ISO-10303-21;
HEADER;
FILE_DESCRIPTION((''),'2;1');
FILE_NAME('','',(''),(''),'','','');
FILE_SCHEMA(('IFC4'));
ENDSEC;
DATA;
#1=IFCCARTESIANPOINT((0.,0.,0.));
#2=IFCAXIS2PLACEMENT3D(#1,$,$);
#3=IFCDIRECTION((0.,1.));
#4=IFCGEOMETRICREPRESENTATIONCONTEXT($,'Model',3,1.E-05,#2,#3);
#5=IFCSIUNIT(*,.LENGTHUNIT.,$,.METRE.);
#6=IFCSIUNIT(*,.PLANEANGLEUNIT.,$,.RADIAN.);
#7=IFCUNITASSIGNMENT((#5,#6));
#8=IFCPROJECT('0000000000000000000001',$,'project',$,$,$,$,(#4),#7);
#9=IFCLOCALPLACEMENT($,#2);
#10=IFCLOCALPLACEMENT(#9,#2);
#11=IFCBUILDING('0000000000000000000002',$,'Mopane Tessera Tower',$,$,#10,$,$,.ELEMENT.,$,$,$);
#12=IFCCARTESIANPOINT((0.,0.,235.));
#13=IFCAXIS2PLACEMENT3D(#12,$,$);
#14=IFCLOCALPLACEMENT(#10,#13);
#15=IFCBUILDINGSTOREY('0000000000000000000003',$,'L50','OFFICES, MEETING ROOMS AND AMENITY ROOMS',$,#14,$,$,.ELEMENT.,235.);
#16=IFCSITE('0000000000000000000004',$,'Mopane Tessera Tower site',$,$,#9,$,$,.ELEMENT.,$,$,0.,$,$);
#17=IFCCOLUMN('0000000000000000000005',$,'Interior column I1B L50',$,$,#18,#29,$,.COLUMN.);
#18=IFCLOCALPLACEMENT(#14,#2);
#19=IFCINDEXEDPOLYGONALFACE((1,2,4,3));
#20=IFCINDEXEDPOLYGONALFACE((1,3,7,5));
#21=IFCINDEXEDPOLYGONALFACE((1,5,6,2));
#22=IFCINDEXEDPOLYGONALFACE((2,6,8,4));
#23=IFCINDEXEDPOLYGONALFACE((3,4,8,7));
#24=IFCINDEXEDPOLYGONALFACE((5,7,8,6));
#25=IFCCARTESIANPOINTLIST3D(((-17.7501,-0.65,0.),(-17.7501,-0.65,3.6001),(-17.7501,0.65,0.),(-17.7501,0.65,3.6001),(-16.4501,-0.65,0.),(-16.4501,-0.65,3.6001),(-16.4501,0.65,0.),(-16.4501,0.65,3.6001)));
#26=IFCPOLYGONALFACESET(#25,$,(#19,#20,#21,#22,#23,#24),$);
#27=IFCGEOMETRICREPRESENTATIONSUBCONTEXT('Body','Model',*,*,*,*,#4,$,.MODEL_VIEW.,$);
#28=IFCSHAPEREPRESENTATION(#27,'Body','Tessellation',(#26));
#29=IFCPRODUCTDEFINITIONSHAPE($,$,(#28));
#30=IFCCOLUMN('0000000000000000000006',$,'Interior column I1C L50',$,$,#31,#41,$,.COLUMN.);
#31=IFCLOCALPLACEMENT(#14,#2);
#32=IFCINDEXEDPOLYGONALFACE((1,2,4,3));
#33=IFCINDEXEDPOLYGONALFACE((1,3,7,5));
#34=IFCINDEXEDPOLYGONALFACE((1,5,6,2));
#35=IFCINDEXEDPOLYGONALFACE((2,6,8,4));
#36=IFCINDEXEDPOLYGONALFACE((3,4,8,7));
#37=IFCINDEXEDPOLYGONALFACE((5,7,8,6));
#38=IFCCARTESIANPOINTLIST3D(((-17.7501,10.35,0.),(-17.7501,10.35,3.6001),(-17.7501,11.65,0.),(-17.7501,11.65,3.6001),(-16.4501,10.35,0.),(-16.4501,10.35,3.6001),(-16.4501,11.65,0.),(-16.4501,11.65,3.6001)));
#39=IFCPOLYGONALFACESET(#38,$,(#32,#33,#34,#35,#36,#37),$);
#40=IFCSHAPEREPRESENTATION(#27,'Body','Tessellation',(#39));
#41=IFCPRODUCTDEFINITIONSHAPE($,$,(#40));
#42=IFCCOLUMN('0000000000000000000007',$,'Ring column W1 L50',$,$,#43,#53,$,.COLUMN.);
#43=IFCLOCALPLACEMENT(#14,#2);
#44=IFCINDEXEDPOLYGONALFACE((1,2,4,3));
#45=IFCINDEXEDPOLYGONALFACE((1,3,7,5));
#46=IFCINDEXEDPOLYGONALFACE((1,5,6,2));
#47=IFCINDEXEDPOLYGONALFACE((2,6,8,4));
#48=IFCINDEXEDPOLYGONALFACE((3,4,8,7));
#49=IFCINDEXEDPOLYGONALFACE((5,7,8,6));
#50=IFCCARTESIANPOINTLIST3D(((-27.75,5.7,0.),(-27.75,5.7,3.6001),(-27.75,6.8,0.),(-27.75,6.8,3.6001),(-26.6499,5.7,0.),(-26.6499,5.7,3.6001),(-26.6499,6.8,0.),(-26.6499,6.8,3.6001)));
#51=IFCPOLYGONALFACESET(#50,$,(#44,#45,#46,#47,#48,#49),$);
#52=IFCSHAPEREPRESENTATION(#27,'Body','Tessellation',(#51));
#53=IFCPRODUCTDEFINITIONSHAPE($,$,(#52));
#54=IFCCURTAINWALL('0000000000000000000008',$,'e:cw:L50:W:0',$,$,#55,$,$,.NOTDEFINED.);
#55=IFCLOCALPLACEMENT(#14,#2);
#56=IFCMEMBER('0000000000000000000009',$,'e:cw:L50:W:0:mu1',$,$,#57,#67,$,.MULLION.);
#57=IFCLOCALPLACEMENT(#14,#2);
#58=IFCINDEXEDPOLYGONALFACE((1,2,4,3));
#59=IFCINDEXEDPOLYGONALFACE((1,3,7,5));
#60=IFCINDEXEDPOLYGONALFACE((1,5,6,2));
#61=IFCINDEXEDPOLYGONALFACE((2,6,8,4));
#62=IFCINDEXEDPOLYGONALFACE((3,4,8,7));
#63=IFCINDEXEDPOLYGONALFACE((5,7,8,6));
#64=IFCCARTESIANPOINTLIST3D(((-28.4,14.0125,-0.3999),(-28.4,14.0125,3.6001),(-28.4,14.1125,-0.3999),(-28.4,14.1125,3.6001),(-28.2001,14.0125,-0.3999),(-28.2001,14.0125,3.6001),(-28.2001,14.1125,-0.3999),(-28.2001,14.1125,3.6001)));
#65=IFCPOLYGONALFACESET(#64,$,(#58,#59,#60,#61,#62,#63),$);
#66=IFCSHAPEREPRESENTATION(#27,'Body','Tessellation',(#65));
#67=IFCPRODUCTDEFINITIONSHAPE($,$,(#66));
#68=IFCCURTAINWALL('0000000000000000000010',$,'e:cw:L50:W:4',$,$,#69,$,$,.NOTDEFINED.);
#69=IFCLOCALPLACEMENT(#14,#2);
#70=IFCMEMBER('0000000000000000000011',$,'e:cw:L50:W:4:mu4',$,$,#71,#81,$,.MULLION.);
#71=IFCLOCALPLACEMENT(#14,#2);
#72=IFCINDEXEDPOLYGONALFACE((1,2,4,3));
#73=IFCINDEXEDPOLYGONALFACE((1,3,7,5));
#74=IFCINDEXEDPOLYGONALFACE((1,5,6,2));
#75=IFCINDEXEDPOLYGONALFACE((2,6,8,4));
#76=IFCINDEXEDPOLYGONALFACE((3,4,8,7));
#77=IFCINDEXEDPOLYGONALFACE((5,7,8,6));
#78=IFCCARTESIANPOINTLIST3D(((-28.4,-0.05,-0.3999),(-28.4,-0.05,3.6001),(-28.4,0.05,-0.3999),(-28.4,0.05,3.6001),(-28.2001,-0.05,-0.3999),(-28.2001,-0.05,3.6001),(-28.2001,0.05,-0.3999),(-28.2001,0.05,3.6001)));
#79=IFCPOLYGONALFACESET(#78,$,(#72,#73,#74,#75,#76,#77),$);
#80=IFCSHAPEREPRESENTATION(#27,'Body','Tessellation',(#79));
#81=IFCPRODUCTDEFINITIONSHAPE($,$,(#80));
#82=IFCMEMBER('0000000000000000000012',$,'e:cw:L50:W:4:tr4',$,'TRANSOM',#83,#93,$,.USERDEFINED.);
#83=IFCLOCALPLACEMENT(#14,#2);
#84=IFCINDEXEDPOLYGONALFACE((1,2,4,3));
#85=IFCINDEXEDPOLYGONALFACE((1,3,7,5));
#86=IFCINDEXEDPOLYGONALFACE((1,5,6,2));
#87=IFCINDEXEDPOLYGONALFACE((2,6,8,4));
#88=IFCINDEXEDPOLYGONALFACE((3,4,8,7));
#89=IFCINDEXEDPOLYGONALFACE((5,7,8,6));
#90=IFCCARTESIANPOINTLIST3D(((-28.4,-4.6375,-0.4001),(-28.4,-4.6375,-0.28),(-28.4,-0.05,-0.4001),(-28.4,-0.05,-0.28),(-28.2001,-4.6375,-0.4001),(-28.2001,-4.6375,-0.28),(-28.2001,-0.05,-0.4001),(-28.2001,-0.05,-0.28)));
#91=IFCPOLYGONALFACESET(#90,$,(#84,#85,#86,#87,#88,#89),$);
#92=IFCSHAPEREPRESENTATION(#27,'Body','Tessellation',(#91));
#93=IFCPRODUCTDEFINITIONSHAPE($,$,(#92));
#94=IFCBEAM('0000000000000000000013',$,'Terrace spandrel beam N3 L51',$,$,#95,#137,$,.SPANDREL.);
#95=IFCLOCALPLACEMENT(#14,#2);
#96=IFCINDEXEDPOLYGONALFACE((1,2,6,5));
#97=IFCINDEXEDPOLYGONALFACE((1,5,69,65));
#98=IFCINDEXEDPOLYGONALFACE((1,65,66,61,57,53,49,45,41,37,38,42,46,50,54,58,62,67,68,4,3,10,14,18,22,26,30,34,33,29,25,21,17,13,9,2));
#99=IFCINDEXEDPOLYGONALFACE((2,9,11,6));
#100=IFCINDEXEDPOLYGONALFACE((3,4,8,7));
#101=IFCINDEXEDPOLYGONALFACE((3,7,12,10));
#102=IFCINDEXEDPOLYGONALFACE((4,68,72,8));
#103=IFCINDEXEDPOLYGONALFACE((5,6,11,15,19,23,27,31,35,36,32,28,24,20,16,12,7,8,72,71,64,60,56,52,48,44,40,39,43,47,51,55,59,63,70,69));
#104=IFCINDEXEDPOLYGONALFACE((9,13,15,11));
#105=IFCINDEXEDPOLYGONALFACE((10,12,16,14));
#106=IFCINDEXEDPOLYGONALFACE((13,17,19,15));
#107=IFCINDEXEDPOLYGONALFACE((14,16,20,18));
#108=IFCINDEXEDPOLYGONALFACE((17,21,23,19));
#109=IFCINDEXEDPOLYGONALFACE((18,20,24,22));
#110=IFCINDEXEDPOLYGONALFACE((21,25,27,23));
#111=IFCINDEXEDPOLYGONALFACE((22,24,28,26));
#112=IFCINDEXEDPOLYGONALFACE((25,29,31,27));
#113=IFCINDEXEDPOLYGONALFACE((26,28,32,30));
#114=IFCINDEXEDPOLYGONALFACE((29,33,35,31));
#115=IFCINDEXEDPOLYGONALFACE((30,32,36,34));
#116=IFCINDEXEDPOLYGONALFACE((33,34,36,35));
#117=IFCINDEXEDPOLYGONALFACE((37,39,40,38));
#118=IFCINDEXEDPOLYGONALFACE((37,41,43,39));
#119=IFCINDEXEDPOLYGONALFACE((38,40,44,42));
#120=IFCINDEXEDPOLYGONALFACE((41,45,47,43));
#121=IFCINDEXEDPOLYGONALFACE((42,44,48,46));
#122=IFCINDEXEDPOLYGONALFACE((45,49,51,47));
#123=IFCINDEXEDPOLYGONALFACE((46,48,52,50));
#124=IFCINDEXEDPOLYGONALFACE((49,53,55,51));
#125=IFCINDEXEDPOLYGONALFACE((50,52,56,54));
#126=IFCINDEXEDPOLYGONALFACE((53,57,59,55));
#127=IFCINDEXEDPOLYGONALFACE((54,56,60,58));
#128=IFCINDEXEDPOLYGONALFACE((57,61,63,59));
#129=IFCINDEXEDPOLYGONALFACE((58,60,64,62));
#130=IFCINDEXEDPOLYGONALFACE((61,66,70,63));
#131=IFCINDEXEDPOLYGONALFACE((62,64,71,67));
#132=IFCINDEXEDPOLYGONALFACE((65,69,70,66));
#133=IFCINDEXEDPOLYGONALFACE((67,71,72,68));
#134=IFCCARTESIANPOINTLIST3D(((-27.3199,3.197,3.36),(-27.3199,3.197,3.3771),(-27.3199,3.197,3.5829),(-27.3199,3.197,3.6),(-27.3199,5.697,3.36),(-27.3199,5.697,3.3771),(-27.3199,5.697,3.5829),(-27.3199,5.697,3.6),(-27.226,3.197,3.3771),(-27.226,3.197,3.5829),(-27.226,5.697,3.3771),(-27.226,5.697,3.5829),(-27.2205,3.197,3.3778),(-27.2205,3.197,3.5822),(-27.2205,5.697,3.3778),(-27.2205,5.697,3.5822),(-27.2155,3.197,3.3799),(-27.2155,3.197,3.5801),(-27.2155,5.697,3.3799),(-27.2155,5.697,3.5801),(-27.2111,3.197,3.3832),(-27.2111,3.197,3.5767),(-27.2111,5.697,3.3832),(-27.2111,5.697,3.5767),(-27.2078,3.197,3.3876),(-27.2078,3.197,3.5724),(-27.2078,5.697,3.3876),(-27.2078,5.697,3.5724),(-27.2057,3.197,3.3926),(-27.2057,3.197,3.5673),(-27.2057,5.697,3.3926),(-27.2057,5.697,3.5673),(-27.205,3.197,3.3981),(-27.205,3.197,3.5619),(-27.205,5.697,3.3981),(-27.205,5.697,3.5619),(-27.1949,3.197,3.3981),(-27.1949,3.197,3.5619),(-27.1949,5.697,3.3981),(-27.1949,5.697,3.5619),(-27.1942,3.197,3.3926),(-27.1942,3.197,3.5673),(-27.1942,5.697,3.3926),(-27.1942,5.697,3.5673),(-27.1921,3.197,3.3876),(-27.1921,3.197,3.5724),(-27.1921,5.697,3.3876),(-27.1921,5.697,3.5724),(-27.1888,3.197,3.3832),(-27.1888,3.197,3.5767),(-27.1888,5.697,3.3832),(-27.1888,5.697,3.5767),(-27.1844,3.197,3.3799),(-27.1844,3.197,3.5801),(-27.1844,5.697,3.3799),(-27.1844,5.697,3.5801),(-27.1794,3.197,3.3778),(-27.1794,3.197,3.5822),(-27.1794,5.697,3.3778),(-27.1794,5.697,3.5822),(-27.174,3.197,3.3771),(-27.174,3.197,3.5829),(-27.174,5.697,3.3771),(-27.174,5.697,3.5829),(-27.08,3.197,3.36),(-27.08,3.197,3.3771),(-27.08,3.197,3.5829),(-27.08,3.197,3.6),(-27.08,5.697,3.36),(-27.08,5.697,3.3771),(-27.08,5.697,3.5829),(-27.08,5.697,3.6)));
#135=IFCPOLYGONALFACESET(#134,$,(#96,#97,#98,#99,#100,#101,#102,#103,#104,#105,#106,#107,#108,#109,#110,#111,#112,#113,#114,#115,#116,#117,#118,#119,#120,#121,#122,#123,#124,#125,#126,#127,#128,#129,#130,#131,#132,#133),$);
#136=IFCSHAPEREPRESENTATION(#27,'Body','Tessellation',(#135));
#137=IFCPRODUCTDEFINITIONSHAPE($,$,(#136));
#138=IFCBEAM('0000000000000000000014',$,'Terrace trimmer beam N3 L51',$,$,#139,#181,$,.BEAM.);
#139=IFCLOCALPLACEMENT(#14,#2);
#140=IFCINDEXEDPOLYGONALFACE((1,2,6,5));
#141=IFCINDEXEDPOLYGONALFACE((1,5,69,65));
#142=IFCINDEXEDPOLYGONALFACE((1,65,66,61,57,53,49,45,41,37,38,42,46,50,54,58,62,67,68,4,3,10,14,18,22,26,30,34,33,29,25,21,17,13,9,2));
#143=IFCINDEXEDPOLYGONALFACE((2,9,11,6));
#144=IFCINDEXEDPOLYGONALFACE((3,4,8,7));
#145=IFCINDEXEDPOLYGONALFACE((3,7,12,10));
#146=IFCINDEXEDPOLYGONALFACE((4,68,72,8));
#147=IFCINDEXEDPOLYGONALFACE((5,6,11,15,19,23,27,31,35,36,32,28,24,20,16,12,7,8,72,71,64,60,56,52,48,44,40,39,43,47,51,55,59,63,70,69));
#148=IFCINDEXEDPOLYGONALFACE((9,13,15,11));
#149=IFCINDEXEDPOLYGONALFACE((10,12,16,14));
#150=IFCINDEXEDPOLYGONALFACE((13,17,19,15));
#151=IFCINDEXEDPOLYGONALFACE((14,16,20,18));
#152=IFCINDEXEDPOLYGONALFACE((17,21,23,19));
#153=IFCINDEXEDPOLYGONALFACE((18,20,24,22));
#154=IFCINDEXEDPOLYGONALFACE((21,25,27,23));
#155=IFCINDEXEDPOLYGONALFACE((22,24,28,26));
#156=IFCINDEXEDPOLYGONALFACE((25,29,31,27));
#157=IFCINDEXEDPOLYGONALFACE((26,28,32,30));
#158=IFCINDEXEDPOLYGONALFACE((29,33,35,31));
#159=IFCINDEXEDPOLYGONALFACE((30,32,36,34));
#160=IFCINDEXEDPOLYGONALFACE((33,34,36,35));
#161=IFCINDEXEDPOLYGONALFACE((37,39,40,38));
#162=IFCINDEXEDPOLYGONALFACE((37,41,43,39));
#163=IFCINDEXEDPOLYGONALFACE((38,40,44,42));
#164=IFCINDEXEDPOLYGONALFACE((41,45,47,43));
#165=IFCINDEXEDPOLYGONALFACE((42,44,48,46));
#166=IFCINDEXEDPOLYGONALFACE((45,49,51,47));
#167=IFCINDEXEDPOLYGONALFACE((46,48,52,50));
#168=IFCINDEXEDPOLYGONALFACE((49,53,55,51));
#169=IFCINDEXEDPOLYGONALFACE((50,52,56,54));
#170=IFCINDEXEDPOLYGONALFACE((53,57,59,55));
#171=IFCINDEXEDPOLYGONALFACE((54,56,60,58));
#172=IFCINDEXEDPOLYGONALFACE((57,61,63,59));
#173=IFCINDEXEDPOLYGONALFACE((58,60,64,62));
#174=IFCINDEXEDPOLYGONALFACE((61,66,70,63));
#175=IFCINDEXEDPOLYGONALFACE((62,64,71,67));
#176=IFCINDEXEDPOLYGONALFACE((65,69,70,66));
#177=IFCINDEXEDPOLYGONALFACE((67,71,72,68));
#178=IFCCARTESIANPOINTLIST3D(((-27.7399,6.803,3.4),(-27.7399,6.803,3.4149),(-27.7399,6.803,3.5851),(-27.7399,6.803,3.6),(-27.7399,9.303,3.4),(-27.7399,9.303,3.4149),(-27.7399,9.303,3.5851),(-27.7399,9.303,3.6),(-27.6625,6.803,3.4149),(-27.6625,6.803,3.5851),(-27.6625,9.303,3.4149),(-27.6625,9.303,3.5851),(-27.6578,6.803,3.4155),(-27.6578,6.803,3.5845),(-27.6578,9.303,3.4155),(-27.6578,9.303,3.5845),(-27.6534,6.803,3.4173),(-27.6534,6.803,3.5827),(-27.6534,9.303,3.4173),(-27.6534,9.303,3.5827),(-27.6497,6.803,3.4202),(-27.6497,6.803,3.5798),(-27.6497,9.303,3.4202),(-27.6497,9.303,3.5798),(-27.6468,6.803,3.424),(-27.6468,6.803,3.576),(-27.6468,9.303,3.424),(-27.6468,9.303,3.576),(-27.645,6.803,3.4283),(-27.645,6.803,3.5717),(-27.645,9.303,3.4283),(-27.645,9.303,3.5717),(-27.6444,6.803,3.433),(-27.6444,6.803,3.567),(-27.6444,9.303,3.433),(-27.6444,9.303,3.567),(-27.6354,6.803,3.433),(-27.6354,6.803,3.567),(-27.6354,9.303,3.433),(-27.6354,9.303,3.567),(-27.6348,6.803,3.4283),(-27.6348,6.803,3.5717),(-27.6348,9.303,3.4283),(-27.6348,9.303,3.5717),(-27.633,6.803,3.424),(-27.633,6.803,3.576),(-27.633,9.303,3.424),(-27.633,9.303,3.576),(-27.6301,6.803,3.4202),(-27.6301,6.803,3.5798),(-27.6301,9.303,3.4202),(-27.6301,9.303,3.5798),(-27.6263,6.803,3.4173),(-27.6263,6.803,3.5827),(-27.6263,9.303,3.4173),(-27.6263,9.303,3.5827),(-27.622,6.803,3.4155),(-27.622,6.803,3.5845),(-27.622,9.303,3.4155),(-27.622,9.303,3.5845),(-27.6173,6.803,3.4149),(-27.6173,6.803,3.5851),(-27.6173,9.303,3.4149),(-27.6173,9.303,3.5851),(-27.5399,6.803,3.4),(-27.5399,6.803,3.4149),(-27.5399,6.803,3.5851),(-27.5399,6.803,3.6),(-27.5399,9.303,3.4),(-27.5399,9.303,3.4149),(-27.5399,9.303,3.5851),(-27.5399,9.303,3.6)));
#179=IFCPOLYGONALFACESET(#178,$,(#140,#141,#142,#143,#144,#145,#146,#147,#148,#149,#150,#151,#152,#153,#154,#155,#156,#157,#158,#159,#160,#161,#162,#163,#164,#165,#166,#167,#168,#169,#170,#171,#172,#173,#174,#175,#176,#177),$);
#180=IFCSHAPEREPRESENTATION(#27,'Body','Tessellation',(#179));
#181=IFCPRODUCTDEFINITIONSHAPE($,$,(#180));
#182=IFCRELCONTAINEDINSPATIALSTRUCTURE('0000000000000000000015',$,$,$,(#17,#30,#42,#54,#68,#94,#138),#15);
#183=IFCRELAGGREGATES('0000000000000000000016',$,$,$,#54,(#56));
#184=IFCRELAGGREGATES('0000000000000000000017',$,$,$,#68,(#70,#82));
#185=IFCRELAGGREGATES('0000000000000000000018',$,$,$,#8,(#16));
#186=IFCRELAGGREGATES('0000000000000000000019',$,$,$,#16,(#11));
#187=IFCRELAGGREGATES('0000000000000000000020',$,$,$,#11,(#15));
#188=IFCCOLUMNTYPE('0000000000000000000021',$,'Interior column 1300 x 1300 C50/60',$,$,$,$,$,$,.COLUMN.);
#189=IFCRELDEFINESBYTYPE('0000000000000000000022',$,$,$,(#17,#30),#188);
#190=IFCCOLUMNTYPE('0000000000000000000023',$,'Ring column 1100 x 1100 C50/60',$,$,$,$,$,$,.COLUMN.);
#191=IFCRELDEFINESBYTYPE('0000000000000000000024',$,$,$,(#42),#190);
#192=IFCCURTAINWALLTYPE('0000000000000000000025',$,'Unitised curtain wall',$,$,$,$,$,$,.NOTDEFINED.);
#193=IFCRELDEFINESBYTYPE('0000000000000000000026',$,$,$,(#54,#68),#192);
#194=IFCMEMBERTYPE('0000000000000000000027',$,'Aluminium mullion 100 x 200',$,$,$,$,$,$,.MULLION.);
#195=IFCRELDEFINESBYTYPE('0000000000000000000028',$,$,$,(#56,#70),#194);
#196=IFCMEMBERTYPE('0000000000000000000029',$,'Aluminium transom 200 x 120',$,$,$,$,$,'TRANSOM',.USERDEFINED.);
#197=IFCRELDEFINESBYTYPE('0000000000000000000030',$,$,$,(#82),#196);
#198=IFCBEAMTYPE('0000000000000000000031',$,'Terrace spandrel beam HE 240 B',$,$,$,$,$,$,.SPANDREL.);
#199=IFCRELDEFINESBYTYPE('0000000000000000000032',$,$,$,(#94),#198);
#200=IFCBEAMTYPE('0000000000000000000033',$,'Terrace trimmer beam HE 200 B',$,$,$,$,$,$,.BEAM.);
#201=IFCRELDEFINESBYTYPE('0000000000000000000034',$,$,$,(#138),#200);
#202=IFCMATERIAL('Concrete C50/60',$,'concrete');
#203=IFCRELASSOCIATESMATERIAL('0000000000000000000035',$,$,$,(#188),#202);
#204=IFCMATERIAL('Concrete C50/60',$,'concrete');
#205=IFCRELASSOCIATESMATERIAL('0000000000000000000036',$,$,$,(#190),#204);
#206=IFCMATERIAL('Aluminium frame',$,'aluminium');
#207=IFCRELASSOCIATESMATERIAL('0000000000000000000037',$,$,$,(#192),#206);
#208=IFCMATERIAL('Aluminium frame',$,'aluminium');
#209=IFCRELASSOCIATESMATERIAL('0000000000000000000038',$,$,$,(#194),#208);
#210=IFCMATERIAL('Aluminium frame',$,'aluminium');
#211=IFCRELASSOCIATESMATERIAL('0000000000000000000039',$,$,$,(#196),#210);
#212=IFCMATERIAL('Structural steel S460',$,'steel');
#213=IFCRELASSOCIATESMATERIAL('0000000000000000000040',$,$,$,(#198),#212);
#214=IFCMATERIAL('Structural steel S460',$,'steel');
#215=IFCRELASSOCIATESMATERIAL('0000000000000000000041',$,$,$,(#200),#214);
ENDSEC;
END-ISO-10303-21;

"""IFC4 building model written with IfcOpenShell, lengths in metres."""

from ifc_helpers import new_model, si_unit, direction, frame, origin, origin_2d, place, context, subcontext, project, spatial, rectangle, i_section, extrude, material, material_profile, profile_set, type_object, element, aggregate, save


model = new_model("IFC4")

# Units and contexts
model_context = context("Model", 3, precision=1e-05, world=origin(), true_north=direction((0.0, 1.0)))
body_context = subcontext(model_context, "Body", "Model", "MODEL_VIEW")
ifc_project = project(units=[si_unit("LENGTHUNIT", "METRE"), si_unit("PLANEANGLEUNIT", "RADIAN")], contexts=[model_context])

# Site, building, storey
site_placement = place(None, origin())
site = spatial("IfcSite", under=ifc_project, at=site_placement, Name="Mopane Tessera Tower site", CompositionType="ELEMENT", RefElevation=0.0)
building_placement = place(site_placement, origin())
building = spatial("IfcBuilding", under=site, at=building_placement, Name="Mopane Tessera Tower", CompositionType="ELEMENT")
storey_placement = place(building_placement, frame((0.0, 0.0, 235.0)))
storey = spatial("IfcBuildingStorey", under=building, at=storey_placement, Name="L50", Description="OFFICES, MEETING ROOMS AND AMENITY ROOMS", CompositionType="ELEMENT", Elevation=235.0)

# Columns
ifc_material_1 = material(Name="Concrete C50/60", Category="concrete")
ifc_material_profile_1 = material_profile(ifc_material_1, rectangle(XDim=1.3, YDim=1.3, at=origin_2d()))
ifc_profile_set_1 = profile_set([ifc_material_profile_1], Name="Concrete C50/60")
column_type_1 = type_object("IfcColumnType", Name="Interior column 1300 x 1300 C50/60", PredefinedType="COLUMN", material=ifc_profile_set_1)
for number, where, z_axis, x_axis, name in (
    (1, (-17.1001, 0.0, 0.0), (0.0, 0.0, 1.0), (1.0, 0.0, 0.0), "Interior column I1B L50"),
    (2, (-17.1001, 11.0, 0.0), (0.0, 0.0, 1.0), (1.0, 0.0, 0.0), "Interior column I1C L50"),
):
    element("IfcColumn", number, at=place(storey_placement, frame(where, z_axis=z_axis, x_axis=x_axis)), inside=storey, type_object=column_type_1, Name=name, PredefinedType="COLUMN", context=body_context, shape_type="SweptSolid", body=[
        extrude(rectangle(XDim=1.3, YDim=1.3, at=origin_2d()), origin(), (0.0, 0.0, 1.0), 3.6001),
    ])
ifc_material_2 = material(Name="Concrete C50/60", Category="concrete")
ifc_material_profile_2 = material_profile(ifc_material_2, rectangle(XDim=1.1001, YDim=1.1001, at=origin_2d()))
ifc_profile_set_2 = profile_set([ifc_material_profile_2], Name="Concrete C50/60")
column_type_2 = type_object("IfcColumnType", Name="Ring column 1100 x 1100 C50/60", PredefinedType="COLUMN", material=ifc_profile_set_2)
column_placement = place(storey_placement, frame((-27.2, 6.25, 0.0), z_axis=(0.0, 0.0, 1.0), x_axis=(1.0, 0.0, 0.0)))
element("IfcColumn", 3, at=column_placement, inside=storey, type_object=column_type_2, Name="Ring column W1 L50", PredefinedType="COLUMN", context=body_context, shape_type="SweptSolid", body=[
    extrude(rectangle(XDim=1.1001, YDim=1.1001, at=origin_2d()), origin(), (0.0, 0.0, 1.0), 3.6001),
])

# Curtain wall, member
ifc_material_3 = material(Name="Aluminium frame", Category="aluminium")
curtain_wall_type = type_object("IfcCurtainWallType", Name="Unitised curtain wall", PredefinedType="NOTDEFINED", material=ifc_material_3)
curtain_wall_1_placement = place(storey_placement, origin())
curtain_wall_1 = element("IfcCurtainWall", 4, at=curtain_wall_1_placement, inside=storey, type_object=curtain_wall_type, Name="e:cw:L50:W:0", PredefinedType="NOTDEFINED")
ifc_material_4 = material(Name="Aluminium frame", Category="aluminium")
ifc_material_profile_3 = material_profile(ifc_material_4, rectangle(XDim=0.1001, YDim=0.2, at=origin_2d()))
ifc_profile_set_3 = profile_set([ifc_material_profile_3], Name="Aluminium frame")
member_type_1 = type_object("IfcMemberType", Name="Aluminium mullion 100 x 200", PredefinedType="MULLION", material=ifc_profile_set_3)
member_1_placement = place(storey_placement, frame((-28.3, 14.0625, -0.3999), z_axis=(0.0, 0.0, 1.0), x_axis=(0.0, -1.0, 0.0)))
member_1 = element("IfcMember", 5, at=member_1_placement, type_object=member_type_1, Name="e:cw:L50:W:0:mu1", PredefinedType="MULLION", context=body_context, shape_type="SweptSolid", body=[
    extrude(rectangle(XDim=0.1001, YDim=0.2, at=origin_2d()), origin(), (0.0, 0.0, 1.0), 4.0),
])
aggregate(curtain_wall_1, [member_1])

# Curtain wall, members
curtain_wall_2_placement = place(storey_placement, origin())
curtain_wall_2 = element("IfcCurtainWall", 6, at=curtain_wall_2_placement, inside=storey, type_object=curtain_wall_type, Name="e:cw:L50:W:4", PredefinedType="NOTDEFINED")
member_2_placement = place(storey_placement, frame((-28.3, 0.0, -0.3999), z_axis=(0.0, 0.0, 1.0), x_axis=(0.0, -1.0, 0.0)))
member_2 = element("IfcMember", 7, at=member_2_placement, type_object=member_type_1, Name="e:cw:L50:W:4:mu4", PredefinedType="MULLION", context=body_context, shape_type="SweptSolid", body=[
    extrude(rectangle(XDim=0.1001, YDim=0.2, at=origin_2d()), origin(), (0.0, 0.0, 1.0), 4.0),
])
ifc_material_5 = material(Name="Aluminium frame", Category="aluminium")
ifc_material_profile_4 = material_profile(ifc_material_5, rectangle(XDim=0.2, YDim=0.1201, at=origin_2d()))
ifc_profile_set_4 = profile_set([ifc_material_profile_4], Name="Aluminium frame")
member_type_2 = type_object("IfcMemberType", Name="Aluminium transom 200 x 120", ElementType="TRANSOM", PredefinedType="USERDEFINED", material=ifc_profile_set_4)
member_3_placement = place(storey_placement, frame((-28.3, -0.05, -0.3401), z_axis=(0.0, -1.0, 0.0), x_axis=(1.0, 0.0, 0.0)))
member_3 = element("IfcMember", 8, at=member_3_placement, type_object=member_type_2, Name="e:cw:L50:W:4:tr4", ObjectType="TRANSOM", PredefinedType="USERDEFINED", context=body_context, shape_type="SweptSolid", body=[
    extrude(rectangle(XDim=0.2, YDim=0.1201, at=origin_2d()), origin(), (0.0, 0.0, 1.0), 4.5874),
])
aggregate(curtain_wall_2, [member_2, member_3])

# Beams
ifc_material_6 = material(Name="Structural steel S460", Category="steel")
ifc_material_profile_5 = material_profile(ifc_material_6, i_section(OverallWidth=0.24, OverallDepth=0.24, WebThickness=0.01, FlangeThickness=0.0171, FilletRadius=0.021, at=origin_2d()))
ifc_profile_set_5 = profile_set([ifc_material_profile_5], Name="Structural steel S460")
beam_type_1 = type_object("IfcBeamType", Name="Terrace spandrel beam HE 240 B", PredefinedType="SPANDREL", material=ifc_profile_set_5)
beam_1_placement = place(storey_placement, frame((-27.2, 5.697, 3.48), z_axis=(0.0, -1.0, 0.0), x_axis=(1.0, 0.0, 0.0)))
element("IfcBeam", 9, at=beam_1_placement, inside=storey, type_object=beam_type_1, Name="Terrace spandrel beam N3 L51", PredefinedType="SPANDREL", context=body_context, shape_type="SweptSolid", body=[
    extrude(i_section(OverallWidth=0.24, OverallDepth=0.24, WebThickness=0.01, FlangeThickness=0.0171, FilletRadius=0.021, at=origin_2d()), origin(), (0.0, 0.0, 1.0), 2.5),
])
ifc_material_7 = material(Name="Structural steel S460", Category="steel")
ifc_material_profile_6 = material_profile(ifc_material_7, i_section(OverallWidth=0.2, OverallDepth=0.2, WebThickness=0.009, FlangeThickness=0.0149, FilletRadius=0.0181, at=origin_2d()))
ifc_profile_set_6 = profile_set([ifc_material_profile_6], Name="Structural steel S460")
beam_type_2 = type_object("IfcBeamType", Name="Terrace trimmer beam HE 200 B", PredefinedType="BEAM", material=ifc_profile_set_6)
beam_2_placement = place(storey_placement, frame((-27.6399, 6.803, 3.5), z_axis=(0.0, 1.0, 0.0), x_axis=(-1.0, 0.0, 0.0)))
element("IfcBeam", 10, at=beam_2_placement, inside=storey, type_object=beam_type_2, Name="Terrace trimmer beam N3 L51", PredefinedType="BEAM", context=body_context, shape_type="SweptSolid", body=[
    extrude(i_section(OverallWidth=0.2, OverallDepth=0.2, WebThickness=0.009, FlangeThickness=0.0149, FilletRadius=0.0181, at=origin_2d()), origin(), (0.0, 0.0, 1.0), 2.5),
])

save(model, "model.ifc")
